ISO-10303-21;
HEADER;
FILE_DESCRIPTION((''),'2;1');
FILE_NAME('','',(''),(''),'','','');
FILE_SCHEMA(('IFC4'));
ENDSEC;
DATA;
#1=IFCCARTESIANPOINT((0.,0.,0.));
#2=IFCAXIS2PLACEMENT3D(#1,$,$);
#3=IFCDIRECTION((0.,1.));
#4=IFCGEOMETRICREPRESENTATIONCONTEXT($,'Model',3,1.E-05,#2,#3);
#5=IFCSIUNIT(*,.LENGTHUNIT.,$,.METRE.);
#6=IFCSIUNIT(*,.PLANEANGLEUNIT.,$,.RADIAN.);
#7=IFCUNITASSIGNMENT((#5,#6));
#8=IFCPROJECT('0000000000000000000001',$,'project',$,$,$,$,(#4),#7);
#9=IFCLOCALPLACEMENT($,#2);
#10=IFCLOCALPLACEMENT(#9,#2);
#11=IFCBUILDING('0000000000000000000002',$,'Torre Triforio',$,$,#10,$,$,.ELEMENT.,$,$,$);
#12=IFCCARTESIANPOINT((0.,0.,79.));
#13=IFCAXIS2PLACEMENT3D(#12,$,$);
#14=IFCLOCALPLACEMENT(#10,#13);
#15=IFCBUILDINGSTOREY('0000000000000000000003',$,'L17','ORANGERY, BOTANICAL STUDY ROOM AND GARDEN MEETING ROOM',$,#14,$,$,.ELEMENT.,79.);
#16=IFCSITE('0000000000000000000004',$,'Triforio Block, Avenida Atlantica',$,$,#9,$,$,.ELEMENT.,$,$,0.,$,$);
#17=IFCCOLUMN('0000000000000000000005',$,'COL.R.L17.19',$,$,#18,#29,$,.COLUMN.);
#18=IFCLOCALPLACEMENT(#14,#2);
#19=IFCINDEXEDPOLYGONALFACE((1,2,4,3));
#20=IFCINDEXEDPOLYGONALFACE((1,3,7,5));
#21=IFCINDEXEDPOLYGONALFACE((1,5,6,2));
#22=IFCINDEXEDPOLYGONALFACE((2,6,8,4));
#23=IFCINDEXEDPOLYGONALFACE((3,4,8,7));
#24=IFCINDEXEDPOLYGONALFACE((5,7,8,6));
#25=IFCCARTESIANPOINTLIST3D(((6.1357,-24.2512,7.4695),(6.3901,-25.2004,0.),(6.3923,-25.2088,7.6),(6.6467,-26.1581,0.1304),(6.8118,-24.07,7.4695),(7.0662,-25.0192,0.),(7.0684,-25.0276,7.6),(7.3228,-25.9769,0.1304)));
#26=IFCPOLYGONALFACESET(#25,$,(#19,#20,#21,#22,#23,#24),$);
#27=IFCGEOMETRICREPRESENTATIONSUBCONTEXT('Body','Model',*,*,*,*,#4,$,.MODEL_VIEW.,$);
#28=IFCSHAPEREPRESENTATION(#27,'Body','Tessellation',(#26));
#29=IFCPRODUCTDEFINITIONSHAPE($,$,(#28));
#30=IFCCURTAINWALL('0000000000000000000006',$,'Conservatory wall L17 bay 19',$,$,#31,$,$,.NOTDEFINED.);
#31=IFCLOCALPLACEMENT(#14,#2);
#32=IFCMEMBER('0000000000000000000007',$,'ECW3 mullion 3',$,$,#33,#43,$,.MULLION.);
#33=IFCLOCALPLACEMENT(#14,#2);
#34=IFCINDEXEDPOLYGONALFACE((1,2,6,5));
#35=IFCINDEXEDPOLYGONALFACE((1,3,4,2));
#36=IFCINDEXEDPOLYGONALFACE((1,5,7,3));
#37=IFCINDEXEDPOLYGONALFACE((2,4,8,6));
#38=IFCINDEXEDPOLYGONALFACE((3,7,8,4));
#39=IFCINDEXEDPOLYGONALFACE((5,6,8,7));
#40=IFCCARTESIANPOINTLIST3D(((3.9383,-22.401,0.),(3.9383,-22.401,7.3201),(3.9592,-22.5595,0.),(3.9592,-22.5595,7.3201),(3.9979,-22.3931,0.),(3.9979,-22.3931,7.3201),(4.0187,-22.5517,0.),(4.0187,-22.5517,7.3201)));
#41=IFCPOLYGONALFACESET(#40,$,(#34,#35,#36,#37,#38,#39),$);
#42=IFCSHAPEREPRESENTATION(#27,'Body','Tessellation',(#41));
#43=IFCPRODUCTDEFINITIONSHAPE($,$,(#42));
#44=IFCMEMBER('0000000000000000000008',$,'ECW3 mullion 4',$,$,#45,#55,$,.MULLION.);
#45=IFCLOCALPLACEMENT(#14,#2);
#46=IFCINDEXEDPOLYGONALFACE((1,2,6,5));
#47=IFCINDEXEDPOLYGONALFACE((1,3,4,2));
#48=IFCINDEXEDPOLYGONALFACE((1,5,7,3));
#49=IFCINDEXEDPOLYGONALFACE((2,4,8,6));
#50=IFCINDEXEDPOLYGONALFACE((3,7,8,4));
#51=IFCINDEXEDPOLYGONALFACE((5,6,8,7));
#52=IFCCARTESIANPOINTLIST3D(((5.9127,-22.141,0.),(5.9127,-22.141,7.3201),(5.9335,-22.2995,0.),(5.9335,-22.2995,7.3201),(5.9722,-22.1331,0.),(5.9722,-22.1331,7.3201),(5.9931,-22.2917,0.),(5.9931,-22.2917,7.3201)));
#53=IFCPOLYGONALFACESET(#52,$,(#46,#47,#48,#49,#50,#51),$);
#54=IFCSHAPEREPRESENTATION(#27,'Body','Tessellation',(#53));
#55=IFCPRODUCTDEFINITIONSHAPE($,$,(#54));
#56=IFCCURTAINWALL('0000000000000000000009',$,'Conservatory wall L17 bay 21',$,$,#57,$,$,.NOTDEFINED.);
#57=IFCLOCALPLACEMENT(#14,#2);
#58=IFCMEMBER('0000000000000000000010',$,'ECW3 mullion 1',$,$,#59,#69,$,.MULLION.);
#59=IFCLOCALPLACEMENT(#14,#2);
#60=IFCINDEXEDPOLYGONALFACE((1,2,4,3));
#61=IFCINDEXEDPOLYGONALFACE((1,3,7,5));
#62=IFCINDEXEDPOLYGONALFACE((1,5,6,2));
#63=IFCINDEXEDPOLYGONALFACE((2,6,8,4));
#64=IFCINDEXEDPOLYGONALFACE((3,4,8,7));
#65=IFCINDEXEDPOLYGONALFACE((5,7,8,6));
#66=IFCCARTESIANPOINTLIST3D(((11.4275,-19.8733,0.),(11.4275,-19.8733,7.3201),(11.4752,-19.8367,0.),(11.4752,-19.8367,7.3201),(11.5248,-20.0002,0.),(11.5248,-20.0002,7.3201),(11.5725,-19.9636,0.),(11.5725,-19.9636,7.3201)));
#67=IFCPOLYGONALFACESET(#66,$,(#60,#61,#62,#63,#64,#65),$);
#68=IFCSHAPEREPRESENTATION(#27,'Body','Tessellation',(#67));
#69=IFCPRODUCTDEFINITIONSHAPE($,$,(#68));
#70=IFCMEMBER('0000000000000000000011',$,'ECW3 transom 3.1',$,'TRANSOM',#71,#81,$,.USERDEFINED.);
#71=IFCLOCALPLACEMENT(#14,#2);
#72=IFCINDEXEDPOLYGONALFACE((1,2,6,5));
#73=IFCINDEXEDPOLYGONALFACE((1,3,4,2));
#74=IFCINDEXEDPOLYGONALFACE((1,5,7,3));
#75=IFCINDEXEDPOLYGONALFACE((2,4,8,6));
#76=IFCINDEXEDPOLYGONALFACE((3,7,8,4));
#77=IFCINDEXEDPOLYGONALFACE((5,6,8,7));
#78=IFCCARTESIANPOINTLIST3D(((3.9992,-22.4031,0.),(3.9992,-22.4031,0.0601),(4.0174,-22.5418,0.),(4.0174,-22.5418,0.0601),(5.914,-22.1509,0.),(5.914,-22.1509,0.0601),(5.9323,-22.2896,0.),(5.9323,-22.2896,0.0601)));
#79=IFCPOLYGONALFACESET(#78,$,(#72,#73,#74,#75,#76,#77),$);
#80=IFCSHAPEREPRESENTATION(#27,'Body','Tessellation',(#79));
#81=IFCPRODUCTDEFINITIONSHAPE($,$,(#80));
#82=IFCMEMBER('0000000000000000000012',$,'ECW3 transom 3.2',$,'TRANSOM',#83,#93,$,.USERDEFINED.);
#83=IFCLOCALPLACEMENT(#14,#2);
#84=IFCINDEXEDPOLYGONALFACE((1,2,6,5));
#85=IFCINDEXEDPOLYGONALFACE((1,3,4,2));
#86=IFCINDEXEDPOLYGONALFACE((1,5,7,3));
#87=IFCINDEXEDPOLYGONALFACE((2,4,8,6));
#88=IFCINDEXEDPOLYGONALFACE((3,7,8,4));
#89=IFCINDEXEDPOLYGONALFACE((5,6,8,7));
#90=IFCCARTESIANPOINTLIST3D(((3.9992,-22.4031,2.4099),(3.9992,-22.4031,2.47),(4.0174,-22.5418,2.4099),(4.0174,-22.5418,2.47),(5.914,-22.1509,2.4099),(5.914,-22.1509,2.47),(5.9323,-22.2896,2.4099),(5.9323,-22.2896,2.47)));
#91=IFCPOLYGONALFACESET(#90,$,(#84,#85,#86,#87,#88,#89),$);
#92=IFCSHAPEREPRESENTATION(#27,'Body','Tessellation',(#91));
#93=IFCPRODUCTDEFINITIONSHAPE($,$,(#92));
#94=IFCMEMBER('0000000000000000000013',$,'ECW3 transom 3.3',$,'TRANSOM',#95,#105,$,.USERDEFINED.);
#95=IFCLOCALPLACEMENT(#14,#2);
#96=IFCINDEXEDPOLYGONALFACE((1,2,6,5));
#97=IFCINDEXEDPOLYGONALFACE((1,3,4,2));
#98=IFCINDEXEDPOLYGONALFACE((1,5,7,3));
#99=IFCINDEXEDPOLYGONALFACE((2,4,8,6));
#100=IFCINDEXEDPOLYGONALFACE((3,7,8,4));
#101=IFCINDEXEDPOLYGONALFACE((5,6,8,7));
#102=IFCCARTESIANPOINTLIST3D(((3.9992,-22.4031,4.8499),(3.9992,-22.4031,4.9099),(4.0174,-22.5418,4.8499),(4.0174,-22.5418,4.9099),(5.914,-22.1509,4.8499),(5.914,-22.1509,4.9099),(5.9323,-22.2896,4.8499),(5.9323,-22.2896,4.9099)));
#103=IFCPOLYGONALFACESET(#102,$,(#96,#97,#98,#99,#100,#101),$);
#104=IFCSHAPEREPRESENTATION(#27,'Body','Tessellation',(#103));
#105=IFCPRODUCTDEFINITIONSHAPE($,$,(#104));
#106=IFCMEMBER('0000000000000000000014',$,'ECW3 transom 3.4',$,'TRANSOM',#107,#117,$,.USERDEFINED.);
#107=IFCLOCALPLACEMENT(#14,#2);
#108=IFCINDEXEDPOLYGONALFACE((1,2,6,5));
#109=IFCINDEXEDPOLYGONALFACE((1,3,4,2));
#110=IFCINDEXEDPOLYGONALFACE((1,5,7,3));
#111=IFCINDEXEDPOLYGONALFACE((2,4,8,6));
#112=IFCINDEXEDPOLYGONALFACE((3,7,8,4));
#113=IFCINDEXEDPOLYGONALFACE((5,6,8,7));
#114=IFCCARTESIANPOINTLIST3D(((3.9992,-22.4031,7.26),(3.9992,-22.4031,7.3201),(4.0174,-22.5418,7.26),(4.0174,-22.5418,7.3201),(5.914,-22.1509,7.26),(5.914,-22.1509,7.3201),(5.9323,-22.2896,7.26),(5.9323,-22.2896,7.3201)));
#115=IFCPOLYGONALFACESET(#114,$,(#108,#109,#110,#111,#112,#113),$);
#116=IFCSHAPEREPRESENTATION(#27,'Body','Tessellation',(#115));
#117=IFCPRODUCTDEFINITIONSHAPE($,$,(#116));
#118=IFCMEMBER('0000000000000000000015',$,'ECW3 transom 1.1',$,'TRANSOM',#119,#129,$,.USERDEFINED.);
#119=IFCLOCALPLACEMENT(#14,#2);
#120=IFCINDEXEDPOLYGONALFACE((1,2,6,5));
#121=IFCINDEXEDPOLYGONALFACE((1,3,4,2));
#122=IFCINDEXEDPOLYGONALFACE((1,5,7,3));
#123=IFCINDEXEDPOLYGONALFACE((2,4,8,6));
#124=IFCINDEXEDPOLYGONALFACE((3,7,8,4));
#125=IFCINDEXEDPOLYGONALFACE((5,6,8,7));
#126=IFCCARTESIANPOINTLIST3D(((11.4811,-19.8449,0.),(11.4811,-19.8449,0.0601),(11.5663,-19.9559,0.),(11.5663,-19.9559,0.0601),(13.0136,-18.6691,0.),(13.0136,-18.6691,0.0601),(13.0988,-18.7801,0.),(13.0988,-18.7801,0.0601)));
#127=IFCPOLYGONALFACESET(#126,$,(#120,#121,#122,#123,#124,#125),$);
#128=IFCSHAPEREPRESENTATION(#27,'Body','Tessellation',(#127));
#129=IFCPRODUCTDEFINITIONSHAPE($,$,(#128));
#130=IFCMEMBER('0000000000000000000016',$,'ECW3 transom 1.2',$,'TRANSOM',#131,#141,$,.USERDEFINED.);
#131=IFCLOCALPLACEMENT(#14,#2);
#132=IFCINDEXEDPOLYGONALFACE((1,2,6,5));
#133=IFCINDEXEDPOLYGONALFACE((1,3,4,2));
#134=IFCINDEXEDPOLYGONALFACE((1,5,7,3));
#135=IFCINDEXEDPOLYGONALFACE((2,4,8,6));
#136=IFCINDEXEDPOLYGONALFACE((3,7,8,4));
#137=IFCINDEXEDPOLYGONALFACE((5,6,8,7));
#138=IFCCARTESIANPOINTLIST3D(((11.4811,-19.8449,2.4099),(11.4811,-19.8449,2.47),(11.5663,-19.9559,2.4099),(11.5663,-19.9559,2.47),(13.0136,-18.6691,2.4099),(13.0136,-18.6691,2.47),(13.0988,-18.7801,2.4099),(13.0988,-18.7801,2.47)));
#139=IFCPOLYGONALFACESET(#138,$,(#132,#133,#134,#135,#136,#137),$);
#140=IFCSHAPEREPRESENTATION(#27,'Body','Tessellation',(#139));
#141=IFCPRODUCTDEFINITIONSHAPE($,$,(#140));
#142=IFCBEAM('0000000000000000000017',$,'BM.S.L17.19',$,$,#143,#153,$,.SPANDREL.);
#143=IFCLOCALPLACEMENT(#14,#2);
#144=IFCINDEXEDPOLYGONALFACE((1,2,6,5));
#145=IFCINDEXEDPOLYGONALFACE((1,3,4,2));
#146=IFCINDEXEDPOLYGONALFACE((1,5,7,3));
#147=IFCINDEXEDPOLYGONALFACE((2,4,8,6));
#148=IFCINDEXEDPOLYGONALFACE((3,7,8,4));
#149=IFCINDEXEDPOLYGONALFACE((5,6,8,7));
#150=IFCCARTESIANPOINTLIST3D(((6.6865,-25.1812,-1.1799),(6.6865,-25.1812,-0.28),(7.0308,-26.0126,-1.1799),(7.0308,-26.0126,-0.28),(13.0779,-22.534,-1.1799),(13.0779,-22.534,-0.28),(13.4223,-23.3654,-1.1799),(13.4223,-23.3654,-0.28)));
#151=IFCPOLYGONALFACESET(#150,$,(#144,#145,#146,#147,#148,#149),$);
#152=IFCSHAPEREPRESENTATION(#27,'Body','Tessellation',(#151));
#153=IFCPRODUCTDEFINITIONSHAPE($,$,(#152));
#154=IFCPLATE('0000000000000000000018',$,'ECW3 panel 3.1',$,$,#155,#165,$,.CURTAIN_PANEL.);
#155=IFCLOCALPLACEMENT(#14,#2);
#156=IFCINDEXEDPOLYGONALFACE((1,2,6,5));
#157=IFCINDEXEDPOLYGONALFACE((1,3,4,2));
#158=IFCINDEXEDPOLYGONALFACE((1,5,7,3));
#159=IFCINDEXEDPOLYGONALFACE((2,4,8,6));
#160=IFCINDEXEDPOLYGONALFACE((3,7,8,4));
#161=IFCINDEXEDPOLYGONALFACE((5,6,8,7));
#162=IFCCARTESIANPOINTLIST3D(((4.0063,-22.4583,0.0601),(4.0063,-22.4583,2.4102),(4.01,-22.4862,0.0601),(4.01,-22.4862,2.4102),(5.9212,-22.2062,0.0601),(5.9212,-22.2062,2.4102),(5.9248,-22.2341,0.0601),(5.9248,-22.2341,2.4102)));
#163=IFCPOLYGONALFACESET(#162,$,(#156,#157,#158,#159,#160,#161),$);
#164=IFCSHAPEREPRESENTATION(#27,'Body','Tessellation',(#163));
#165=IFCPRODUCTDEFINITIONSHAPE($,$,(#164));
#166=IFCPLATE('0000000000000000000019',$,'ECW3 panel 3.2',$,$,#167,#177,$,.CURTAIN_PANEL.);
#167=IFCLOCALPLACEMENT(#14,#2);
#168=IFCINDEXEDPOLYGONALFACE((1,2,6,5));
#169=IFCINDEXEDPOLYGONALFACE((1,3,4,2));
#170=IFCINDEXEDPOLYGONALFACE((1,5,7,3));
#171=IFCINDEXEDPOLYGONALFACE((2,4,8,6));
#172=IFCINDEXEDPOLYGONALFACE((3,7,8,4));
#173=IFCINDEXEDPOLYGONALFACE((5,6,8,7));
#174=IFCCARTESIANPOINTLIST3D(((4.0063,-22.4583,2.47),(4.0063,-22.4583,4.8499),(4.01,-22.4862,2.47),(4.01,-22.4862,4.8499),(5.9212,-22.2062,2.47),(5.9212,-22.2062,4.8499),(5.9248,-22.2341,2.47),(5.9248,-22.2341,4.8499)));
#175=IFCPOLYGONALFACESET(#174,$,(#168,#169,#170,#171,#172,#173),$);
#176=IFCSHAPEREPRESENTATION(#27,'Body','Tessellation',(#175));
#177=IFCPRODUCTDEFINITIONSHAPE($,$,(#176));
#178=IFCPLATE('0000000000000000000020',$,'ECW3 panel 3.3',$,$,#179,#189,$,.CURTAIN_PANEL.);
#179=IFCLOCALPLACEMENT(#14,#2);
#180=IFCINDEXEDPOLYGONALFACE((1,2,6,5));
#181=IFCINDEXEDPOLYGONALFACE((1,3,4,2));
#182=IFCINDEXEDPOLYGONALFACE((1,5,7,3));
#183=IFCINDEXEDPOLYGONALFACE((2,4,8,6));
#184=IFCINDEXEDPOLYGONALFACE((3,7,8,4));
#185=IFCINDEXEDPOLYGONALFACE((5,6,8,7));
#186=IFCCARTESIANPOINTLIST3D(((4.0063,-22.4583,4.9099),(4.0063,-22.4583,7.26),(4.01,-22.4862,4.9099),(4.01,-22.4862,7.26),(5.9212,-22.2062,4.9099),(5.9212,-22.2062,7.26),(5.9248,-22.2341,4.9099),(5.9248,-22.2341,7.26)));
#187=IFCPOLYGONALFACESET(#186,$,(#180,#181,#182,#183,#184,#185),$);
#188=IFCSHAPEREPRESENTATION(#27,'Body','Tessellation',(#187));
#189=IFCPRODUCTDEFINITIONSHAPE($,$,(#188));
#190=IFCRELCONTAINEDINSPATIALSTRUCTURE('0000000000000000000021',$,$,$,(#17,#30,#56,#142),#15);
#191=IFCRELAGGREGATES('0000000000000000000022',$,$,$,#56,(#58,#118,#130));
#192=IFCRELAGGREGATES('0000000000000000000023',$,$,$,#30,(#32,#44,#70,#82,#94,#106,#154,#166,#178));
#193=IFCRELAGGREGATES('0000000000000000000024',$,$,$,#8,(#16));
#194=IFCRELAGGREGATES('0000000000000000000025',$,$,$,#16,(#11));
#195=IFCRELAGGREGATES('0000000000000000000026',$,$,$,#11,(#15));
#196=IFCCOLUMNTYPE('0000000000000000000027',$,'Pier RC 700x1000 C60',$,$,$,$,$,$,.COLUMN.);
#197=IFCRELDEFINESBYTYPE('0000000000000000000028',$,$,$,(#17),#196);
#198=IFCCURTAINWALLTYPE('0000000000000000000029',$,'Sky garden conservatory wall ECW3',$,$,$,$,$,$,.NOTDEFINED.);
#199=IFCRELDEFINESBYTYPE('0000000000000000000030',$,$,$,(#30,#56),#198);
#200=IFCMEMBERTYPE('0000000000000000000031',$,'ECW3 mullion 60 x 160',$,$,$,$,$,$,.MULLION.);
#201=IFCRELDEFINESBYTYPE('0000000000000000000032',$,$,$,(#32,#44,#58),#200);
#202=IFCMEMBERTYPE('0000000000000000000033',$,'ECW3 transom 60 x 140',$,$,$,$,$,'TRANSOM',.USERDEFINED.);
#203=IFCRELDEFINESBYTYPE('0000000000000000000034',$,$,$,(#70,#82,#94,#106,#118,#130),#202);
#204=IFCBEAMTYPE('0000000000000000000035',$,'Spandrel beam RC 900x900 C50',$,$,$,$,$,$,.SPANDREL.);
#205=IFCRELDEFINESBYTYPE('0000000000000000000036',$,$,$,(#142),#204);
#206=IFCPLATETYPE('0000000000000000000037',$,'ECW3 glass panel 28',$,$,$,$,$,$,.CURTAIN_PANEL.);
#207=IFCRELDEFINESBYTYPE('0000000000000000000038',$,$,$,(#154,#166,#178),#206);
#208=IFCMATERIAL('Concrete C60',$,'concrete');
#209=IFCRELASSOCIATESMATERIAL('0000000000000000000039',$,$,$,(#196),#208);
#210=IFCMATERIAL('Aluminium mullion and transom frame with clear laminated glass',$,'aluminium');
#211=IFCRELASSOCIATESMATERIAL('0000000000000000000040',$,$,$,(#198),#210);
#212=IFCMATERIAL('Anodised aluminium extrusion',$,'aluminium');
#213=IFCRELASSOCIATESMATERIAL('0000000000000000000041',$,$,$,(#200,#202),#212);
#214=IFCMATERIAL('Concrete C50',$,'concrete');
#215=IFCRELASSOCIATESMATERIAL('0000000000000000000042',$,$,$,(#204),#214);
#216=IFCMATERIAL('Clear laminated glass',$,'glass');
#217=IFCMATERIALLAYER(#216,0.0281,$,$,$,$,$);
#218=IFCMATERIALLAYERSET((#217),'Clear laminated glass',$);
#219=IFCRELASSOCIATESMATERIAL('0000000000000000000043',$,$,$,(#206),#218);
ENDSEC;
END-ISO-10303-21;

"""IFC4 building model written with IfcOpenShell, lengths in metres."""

from ifc_helpers import new_model, si_unit, direction, frame, origin, origin_2d, place, context, subcontext, project, spatial, rectangle, extrude, material, layer, layer_set, material_profile, profile_set, type_object, element, aggregate, save


model = new_model("IFC4")

# Units and contexts
model_context = context("Model", 3, precision=1e-05, world=origin(), true_north=direction((0.0, 1.0)))
body_context = subcontext(model_context, "Body", "Model", "MODEL_VIEW")
ifc_project = project(units=[si_unit("LENGTHUNIT", "METRE"), si_unit("PLANEANGLEUNIT", "RADIAN")], contexts=[model_context])

# Site, building, storey
site_placement = place(None, origin())
site = spatial("IfcSite", under=ifc_project, at=site_placement, Name="Triforio Block, Avenida Atlantica", CompositionType="ELEMENT", RefElevation=0.0)
building_placement = place(site_placement, origin())
building = spatial("IfcBuilding", under=site, at=building_placement, Name="Torre Triforio", CompositionType="ELEMENT")
storey_placement = place(building_placement, frame((0.0, 0.0, 79.0)))
storey = spatial("IfcBuildingStorey", under=building, at=storey_placement, Name="L17", Description="ORANGERY, BOTANICAL STUDY ROOM AND GARDEN MEETING ROOM", CompositionType="ELEMENT", Elevation=79.0)

# Column
ifc_material_1 = material(Name="Concrete C60", Category="concrete")
ifc_material_profile_1 = material_profile(ifc_material_1, rectangle(XDim=0.7, YDim=1.0, at=origin_2d()), Name="RC 700x1000")
ifc_profile_set_1 = profile_set([ifc_material_profile_1], Name="Concrete C60")
column_type = type_object("IfcColumnType", Name="Pier RC 700x1000 C60", PredefinedType="COLUMN", material=ifc_profile_set_1)
column_placement = place(storey_placement, frame((6.8564, -25.5886, 0.0652), z_axis=(-0.033767, 0.125994, 0.991456), x_axis=(-0.965913, -0.258869, 0.0)))
element("IfcColumn", 1, at=column_placement, inside=storey, type_object=column_type, Name="COL.R.L17.19", PredefinedType="COLUMN", context=body_context, shape_type="SweptSolid", body=[
    extrude(rectangle(XDim=0.7, YDim=1.0, at=origin_2d()), origin(), (0.0, 0.0, 1.0), 7.5339),
])

# Curtain wall, members
ifc_material_2 = material(Name="Aluminium mullion and transom frame with clear laminated glass", Category="aluminium")
curtain_wall_type = type_object("IfcCurtainWallType", Name="Sky garden conservatory wall ECW3", PredefinedType="NOTDEFINED", material=ifc_material_2)
curtain_wall_1_placement = place(storey_placement, origin())
curtain_wall_1 = element("IfcCurtainWall", 2, at=curtain_wall_1_placement, inside=storey, type_object=curtain_wall_type, Name="Conservatory wall L17 bay 19", PredefinedType="NOTDEFINED")
ifc_material_3 = material(Name="Anodised aluminium extrusion", Category="aluminium")
ifc_material_profile_2 = material_profile(ifc_material_3, rectangle(XDim=0.1599, YDim=0.0601, at=origin_2d()), Name="ECW3 MULLION 60x160")
ifc_profile_set_2 = profile_set([ifc_material_profile_2], Name="Anodised aluminium extrusion")
member_type_1 = type_object("IfcMemberType", Name="ECW3 mullion 60 x 160", PredefinedType="MULLION", material=ifc_profile_set_2)
member_1_placement = place(storey_placement, frame((3.9785, -22.4763, 0.0), z_axis=(0.0, 0.0, 1.0), x_axis=(-0.130521, 0.991446, 0.0)))
member_1 = element("IfcMember", 3, at=member_1_placement, type_object=member_type_1, Name="ECW3 mullion 3", PredefinedType="MULLION", context=body_context, shape_type="SweptSolid", body=[
    extrude(rectangle(XDim=0.1599, YDim=0.0601, at=origin_2d()), origin(), (0.0, 0.0, 1.0), 7.3201),
])
member_2_placement = place(storey_placement, frame((5.9529, -22.2163, 0.0), z_axis=(0.0, 0.0, 1.0), x_axis=(-0.130521, 0.991446, 0.0)))
member_2 = element("IfcMember", 4, at=member_2_placement, type_object=member_type_1, Name="ECW3 mullion 4", PredefinedType="MULLION", context=body_context, shape_type="SweptSolid", body=[
    extrude(rectangle(XDim=0.1599, YDim=0.0601, at=origin_2d()), origin(), (0.0, 0.0, 1.0), 7.3201),
])

# Curtain wall, member
curtain_wall_2_placement = place(storey_placement, origin())
curtain_wall_2 = element("IfcCurtainWall", 5, at=curtain_wall_2_placement, inside=storey, type_object=curtain_wall_type, Name="Conservatory wall L17 bay 21", PredefinedType="NOTDEFINED")
member_3_placement = place(storey_placement, frame((11.5, -19.9185, 0.0), z_axis=(0.0, 0.0, 1.0), x_axis=(-0.608752, 0.79336, 0.0)))
member_3 = element("IfcMember", 6, at=member_3_placement, type_object=member_type_1, Name="ECW3 mullion 1", PredefinedType="MULLION", context=body_context, shape_type="SweptSolid", body=[
    extrude(rectangle(XDim=0.1599, YDim=0.0601, at=origin_2d()), origin(), (0.0, 0.0, 1.0), 7.3201),
])

# Members
ifc_material_profile_3 = material_profile(ifc_material_3, rectangle(XDim=0.1399, YDim=0.0601, at=origin_2d()), Name="ECW3 TRANSOM 60x140")
ifc_profile_set_3 = profile_set([ifc_material_profile_3], Name="Anodised aluminium extrusion")
member_type_2 = type_object("IfcMemberType", Name="ECW3 transom 60 x 140", ElementType="TRANSOM", PredefinedType="USERDEFINED", material=ifc_profile_set_3)
member_4_placement = place(storey_placement, frame((4.0083, -22.4724, 0.03), z_axis=(0.991438, 0.130582, 0.0), x_axis=(-0.130582, 0.991438, 0.0)))
member_4 = element("IfcMember", 7, at=member_4_placement, type_object=member_type_2, Name="ECW3 transom 3.1", ObjectType="TRANSOM", PredefinedType="USERDEFINED", context=body_context, shape_type="SweptSolid", body=[
    extrude(rectangle(XDim=0.1399, YDim=0.0601, at=origin_2d()), origin(), (0.0, 0.0, 1.0), 1.9314),
])
member_5_placement = place(storey_placement, frame((4.0083, -22.4724, 2.4399), z_axis=(0.991438, 0.130582, 0.0), x_axis=(-0.130582, 0.991438, 0.0)))
member_5 = element("IfcMember", 8, at=member_5_placement, type_object=member_type_2, Name="ECW3 transom 3.2", ObjectType="TRANSOM", PredefinedType="USERDEFINED", context=body_context, shape_type="SweptSolid", body=[
    extrude(rectangle(XDim=0.1399, YDim=0.0601, at=origin_2d()), origin(), (0.0, 0.0, 1.0), 1.9314),
])
member_6_placement = place(storey_placement, frame((4.0083, -22.4724, 4.8799), z_axis=(0.991438, 0.130582, 0.0), x_axis=(-0.130582, 0.991438, 0.0)))
member_6 = element("IfcMember", 9, at=member_6_placement, type_object=member_type_2, Name="ECW3 transom 3.3", ObjectType="TRANSOM", PredefinedType="USERDEFINED", context=body_context, shape_type="SweptSolid", body=[
    extrude(rectangle(XDim=0.1399, YDim=0.0601, at=origin_2d()), origin(), (0.0, 0.0, 1.0), 1.9314),
])
member_7_placement = place(storey_placement, frame((4.0083, -22.4724, 7.29), z_axis=(0.991438, 0.130582, 0.0), x_axis=(-0.130582, 0.991438, 0.0)))
member_7 = element("IfcMember", 10, at=member_7_placement, type_object=member_type_2, Name="ECW3 transom 3.4", ObjectType="TRANSOM", PredefinedType="USERDEFINED", context=body_context, shape_type="SweptSolid", body=[
    extrude(rectangle(XDim=0.1399, YDim=0.0601, at=origin_2d()), origin(), (0.0, 0.0, 1.0), 1.9314),
])
member_8_placement = place(storey_placement, frame((11.5237, -19.9004, 0.03), z_axis=(0.793385, 0.608721, 0.0), x_axis=(-0.608721, 0.793385, 0.0)))
member_8 = element("IfcMember", 11, at=member_8_placement, type_object=member_type_2, Name="ECW3 transom 1.1", ObjectType="TRANSOM", PredefinedType="USERDEFINED", context=body_context, shape_type="SweptSolid", body=[
    extrude(rectangle(XDim=0.1399, YDim=0.0601, at=origin_2d()), origin(), (0.0, 0.0, 1.0), 1.9316),
])
member_9_placement = place(storey_placement, frame((11.5237, -19.9004, 2.4399), z_axis=(0.793385, 0.608721, 0.0), x_axis=(-0.608721, 0.793385, 0.0)))
member_9 = element("IfcMember", 12, at=member_9_placement, type_object=member_type_2, Name="ECW3 transom 1.2", ObjectType="TRANSOM", PredefinedType="USERDEFINED", context=body_context, shape_type="SweptSolid", body=[
    extrude(rectangle(XDim=0.1399, YDim=0.0601, at=origin_2d()), origin(), (0.0, 0.0, 1.0), 1.9316),
])
aggregate(curtain_wall_2, [member_3, member_8, member_9])

# Beam
ifc_material_4 = material(Name="Concrete C50", Category="concrete")
ifc_material_profile_4 = material_profile(ifc_material_4, rectangle(XDim=0.8999, YDim=0.8999, at=origin_2d()), Name="RC 900x900")
ifc_profile_set_4 = profile_set([ifc_material_profile_4], Name="Concrete C50")
beam_type = type_object("IfcBeamType", Name="Spandrel beam RC 900x900 C50", PredefinedType="SPANDREL", material=ifc_profile_set_4)
beam_placement = place(storey_placement, frame((6.8586, -25.5969, -0.73), z_axis=(0.923888, 0.382662, 0.0), x_axis=(-0.382662, 0.923888, 0.0)))
element("IfcBeam", 13, at=beam_placement, inside=storey, type_object=beam_type, Name="BM.S.L17.19", PredefinedType="SPANDREL", context=body_context, shape_type="SweptSolid", body=[
    extrude(rectangle(XDim=0.8999, YDim=0.8999, at=origin_2d()), origin(), (0.0, 0.0, 1.0), 6.918),
])

# Plates
ifc_material_5 = material(Name="Clear laminated glass", Category="glass")
ifc_layer_1 = layer(ifc_material_5, 0.0281)
ifc_layer_set_1 = layer_set([ifc_layer_1], Name="Clear laminated glass")
plate_type = type_object("IfcPlateType", Name="ECW3 glass panel 28", PredefinedType="CURTAIN_PANEL", material=ifc_layer_set_1)
plate_1_placement = place(storey_placement, frame((4.9656, -22.3462, 0.0601), z_axis=(0.0, 0.0, 1.0), x_axis=(0.991446, 0.130521, 0.0)))
plate_1 = element("IfcPlate", 14, at=plate_1_placement, type_object=plate_type, Name="ECW3 panel 3.1", PredefinedType="CURTAIN_PANEL", context=body_context, shape_type="SweptSolid", body=[
    extrude(rectangle(XDim=1.9314, YDim=0.0281, at=origin_2d()), origin(), (0.0, 0.0, 1.0), 2.3501),
])
plate_2_placement = place(storey_placement, frame((4.9656, -22.3462, 2.47), z_axis=(0.0, 0.0, 1.0), x_axis=(0.991446, 0.130521, 0.0)))
plate_2 = element("IfcPlate", 15, at=plate_2_placement, type_object=plate_type, Name="ECW3 panel 3.2", PredefinedType="CURTAIN_PANEL", context=body_context, shape_type="SweptSolid", body=[
    extrude(rectangle(XDim=1.9314, YDim=0.0281, at=origin_2d()), origin(), (0.0, 0.0, 1.0), 2.3799),
])
plate_3_placement = place(storey_placement, frame((4.9656, -22.3462, 4.9099), z_axis=(0.0, 0.0, 1.0), x_axis=(0.991446, 0.130521, 0.0)))
plate_3 = element("IfcPlate", 16, at=plate_3_placement, type_object=plate_type, Name="ECW3 panel 3.3", PredefinedType="CURTAIN_PANEL", context=body_context, shape_type="SweptSolid", body=[
    extrude(rectangle(XDim=1.9314, YDim=0.0281, at=origin_2d()), origin(), (0.0, 0.0, 1.0), 2.3501),
])
aggregate(curtain_wall_1, [member_1, member_2, member_4, member_5, member_6, member_7, plate_1, plate_2, plate_3])

save(model, "model.ifc")
